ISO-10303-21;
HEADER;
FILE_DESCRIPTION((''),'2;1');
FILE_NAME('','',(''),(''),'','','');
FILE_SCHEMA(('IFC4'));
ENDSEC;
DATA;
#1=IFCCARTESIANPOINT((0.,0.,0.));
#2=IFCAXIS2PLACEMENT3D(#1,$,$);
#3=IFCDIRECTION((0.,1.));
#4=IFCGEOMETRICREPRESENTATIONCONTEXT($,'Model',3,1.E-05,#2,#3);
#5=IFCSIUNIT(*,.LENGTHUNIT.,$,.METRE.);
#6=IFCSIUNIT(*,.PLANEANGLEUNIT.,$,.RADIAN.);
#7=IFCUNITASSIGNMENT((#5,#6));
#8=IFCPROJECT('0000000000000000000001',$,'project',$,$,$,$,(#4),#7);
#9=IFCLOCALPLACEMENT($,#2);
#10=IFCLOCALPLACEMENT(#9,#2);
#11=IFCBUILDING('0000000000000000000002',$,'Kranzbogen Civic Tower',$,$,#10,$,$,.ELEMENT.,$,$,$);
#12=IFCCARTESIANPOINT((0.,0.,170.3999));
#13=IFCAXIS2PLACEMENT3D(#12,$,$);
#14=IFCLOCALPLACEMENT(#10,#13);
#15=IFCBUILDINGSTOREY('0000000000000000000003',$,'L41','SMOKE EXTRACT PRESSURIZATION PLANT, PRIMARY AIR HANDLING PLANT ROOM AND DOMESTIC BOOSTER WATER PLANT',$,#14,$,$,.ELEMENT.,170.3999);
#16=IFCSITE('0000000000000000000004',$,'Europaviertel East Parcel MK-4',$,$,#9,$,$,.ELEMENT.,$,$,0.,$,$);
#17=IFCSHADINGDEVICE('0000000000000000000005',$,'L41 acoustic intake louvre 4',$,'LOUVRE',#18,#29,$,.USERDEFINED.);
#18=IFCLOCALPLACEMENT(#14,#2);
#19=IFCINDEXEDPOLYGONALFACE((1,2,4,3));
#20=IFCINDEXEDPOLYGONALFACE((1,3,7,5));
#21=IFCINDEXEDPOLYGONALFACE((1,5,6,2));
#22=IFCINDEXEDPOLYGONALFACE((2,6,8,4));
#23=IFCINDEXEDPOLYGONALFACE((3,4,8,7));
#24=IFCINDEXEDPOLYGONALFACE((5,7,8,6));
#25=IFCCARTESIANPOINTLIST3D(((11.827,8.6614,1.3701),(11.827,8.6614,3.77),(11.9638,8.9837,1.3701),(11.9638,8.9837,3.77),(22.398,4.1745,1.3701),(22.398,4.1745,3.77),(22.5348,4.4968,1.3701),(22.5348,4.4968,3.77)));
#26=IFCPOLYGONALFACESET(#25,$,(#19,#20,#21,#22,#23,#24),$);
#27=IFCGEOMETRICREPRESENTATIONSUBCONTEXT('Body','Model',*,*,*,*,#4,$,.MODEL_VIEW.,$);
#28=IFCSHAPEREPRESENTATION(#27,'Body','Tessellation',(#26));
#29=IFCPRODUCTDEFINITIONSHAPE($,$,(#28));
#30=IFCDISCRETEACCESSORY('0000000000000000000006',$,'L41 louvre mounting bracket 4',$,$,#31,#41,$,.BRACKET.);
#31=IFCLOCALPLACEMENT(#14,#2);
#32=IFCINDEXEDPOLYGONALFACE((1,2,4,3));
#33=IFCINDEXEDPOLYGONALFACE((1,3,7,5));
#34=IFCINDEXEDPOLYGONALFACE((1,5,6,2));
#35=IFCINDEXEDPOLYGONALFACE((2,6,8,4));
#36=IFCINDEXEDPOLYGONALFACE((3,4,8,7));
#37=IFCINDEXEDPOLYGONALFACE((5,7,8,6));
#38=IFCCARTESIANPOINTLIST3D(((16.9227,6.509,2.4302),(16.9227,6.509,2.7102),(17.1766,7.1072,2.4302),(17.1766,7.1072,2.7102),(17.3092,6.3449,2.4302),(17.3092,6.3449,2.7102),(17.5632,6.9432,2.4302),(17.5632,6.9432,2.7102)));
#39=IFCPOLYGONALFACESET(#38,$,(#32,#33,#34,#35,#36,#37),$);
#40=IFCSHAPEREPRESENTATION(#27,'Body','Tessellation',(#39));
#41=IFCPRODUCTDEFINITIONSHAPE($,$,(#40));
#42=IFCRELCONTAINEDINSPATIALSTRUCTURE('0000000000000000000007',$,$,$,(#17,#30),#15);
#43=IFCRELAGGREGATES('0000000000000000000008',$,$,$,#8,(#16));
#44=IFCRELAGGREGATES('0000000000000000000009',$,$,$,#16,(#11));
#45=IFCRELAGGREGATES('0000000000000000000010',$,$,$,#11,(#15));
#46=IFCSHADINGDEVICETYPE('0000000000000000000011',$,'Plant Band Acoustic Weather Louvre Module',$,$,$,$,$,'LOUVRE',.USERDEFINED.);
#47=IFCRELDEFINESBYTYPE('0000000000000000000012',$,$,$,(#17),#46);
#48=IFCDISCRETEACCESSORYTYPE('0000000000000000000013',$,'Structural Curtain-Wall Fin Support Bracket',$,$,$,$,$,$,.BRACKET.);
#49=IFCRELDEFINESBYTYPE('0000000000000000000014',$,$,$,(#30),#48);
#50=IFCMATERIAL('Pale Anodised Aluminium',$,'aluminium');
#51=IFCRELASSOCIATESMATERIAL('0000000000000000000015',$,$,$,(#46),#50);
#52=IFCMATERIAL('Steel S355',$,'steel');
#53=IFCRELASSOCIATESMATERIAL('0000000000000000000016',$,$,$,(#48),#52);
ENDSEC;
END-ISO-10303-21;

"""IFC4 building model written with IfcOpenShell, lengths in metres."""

from ifc_helpers import new_model, si_unit, direction, frame, origin, origin_2d, place, context, subcontext, project, spatial, rectangle, extrude, material, type_object, element, save


model = new_model("IFC4")

# Units and contexts
model_context = context("Model", 3, precision=1e-05, world=origin(), true_north=direction((0.0, 1.0)))
body_context = subcontext(model_context, "Body", "Model", "MODEL_VIEW")
ifc_project = project(units=[si_unit("LENGTHUNIT", "METRE"), si_unit("PLANEANGLEUNIT", "RADIAN")], contexts=[model_context])

# Site, building, storey
site_placement = place(None, origin())
site = spatial("IfcSite", under=ifc_project, at=site_placement, Name="Europaviertel East Parcel MK-4", CompositionType="ELEMENT", RefElevation=0.0)
building_placement = place(site_placement, origin())
building = spatial("IfcBuilding", under=site, at=building_placement, Name="Kranzbogen Civic Tower", CompositionType="ELEMENT")
storey_placement = place(building_placement, frame((0.0, 0.0, 170.3999)))
storey = spatial("IfcBuildingStorey", under=building, at=storey_placement, Name="L41", Description="SMOKE EXTRACT PRESSURIZATION PLANT, PRIMARY AIR HANDLING PLANT ROOM AND DOMESTIC BOOSTER WATER PLANT", CompositionType="ELEMENT", Elevation=170.3999)

# Shared definitions
ifc_material_1 = material(Name="Steel S355", Category="steel")

# Shading device
ifc_material_2 = material(Name="Pale Anodised Aluminium", Category="aluminium")
shading_device_type = type_object("IfcShadingDeviceType", Name="Plant Band Acoustic Weather Louvre Module", ElementType="LOUVRE", PredefinedType="USERDEFINED", material=ifc_material_2)
shading_device_placement = place(storey_placement, frame((17.1809, 6.5791, 1.3701), z_axis=(0.0, 0.0, 1.0), x_axis=(0.920512, -0.390715, 0.0)))
element("IfcShadingDevice", 1, at=shading_device_placement, inside=storey, type_object=shading_device_type, Name="L41 acoustic intake louvre 4", ObjectType="LOUVRE", PredefinedType="USERDEFINED", context=body_context, shape_type="SweptSolid", body=[
    extrude(rectangle(XDim=11.4839, YDim=0.3501, at=origin_2d()), origin(), (0.0, 0.0, 1.0), 2.3999),
])

# Discrete accessory
discrete_accessory_type = type_object("IfcDiscreteAccessoryType", Name="Structural Curtain-Wall Fin Support Bracket", PredefinedType="BRACKET", material=ifc_material_1)
discrete_accessory_placement = place(storey_placement, frame((17.2429, 6.7261, 2.4302), z_axis=(0.0, 0.0, 1.0), x_axis=(-0.390731, -0.920505, 0.0)))
element("IfcDiscreteAccessory", 2, at=discrete_accessory_placement, inside=storey, type_object=discrete_accessory_type, Name="L41 louvre mounting bracket 4", PredefinedType="BRACKET", context=body_context, shape_type="SweptSolid", body=[
    extrude(rectangle(XDim=0.6499, YDim=0.4199, at=origin_2d()), origin(), (0.0, 0.0, 1.0), 0.28),
])

save(model, "model.ifc")
